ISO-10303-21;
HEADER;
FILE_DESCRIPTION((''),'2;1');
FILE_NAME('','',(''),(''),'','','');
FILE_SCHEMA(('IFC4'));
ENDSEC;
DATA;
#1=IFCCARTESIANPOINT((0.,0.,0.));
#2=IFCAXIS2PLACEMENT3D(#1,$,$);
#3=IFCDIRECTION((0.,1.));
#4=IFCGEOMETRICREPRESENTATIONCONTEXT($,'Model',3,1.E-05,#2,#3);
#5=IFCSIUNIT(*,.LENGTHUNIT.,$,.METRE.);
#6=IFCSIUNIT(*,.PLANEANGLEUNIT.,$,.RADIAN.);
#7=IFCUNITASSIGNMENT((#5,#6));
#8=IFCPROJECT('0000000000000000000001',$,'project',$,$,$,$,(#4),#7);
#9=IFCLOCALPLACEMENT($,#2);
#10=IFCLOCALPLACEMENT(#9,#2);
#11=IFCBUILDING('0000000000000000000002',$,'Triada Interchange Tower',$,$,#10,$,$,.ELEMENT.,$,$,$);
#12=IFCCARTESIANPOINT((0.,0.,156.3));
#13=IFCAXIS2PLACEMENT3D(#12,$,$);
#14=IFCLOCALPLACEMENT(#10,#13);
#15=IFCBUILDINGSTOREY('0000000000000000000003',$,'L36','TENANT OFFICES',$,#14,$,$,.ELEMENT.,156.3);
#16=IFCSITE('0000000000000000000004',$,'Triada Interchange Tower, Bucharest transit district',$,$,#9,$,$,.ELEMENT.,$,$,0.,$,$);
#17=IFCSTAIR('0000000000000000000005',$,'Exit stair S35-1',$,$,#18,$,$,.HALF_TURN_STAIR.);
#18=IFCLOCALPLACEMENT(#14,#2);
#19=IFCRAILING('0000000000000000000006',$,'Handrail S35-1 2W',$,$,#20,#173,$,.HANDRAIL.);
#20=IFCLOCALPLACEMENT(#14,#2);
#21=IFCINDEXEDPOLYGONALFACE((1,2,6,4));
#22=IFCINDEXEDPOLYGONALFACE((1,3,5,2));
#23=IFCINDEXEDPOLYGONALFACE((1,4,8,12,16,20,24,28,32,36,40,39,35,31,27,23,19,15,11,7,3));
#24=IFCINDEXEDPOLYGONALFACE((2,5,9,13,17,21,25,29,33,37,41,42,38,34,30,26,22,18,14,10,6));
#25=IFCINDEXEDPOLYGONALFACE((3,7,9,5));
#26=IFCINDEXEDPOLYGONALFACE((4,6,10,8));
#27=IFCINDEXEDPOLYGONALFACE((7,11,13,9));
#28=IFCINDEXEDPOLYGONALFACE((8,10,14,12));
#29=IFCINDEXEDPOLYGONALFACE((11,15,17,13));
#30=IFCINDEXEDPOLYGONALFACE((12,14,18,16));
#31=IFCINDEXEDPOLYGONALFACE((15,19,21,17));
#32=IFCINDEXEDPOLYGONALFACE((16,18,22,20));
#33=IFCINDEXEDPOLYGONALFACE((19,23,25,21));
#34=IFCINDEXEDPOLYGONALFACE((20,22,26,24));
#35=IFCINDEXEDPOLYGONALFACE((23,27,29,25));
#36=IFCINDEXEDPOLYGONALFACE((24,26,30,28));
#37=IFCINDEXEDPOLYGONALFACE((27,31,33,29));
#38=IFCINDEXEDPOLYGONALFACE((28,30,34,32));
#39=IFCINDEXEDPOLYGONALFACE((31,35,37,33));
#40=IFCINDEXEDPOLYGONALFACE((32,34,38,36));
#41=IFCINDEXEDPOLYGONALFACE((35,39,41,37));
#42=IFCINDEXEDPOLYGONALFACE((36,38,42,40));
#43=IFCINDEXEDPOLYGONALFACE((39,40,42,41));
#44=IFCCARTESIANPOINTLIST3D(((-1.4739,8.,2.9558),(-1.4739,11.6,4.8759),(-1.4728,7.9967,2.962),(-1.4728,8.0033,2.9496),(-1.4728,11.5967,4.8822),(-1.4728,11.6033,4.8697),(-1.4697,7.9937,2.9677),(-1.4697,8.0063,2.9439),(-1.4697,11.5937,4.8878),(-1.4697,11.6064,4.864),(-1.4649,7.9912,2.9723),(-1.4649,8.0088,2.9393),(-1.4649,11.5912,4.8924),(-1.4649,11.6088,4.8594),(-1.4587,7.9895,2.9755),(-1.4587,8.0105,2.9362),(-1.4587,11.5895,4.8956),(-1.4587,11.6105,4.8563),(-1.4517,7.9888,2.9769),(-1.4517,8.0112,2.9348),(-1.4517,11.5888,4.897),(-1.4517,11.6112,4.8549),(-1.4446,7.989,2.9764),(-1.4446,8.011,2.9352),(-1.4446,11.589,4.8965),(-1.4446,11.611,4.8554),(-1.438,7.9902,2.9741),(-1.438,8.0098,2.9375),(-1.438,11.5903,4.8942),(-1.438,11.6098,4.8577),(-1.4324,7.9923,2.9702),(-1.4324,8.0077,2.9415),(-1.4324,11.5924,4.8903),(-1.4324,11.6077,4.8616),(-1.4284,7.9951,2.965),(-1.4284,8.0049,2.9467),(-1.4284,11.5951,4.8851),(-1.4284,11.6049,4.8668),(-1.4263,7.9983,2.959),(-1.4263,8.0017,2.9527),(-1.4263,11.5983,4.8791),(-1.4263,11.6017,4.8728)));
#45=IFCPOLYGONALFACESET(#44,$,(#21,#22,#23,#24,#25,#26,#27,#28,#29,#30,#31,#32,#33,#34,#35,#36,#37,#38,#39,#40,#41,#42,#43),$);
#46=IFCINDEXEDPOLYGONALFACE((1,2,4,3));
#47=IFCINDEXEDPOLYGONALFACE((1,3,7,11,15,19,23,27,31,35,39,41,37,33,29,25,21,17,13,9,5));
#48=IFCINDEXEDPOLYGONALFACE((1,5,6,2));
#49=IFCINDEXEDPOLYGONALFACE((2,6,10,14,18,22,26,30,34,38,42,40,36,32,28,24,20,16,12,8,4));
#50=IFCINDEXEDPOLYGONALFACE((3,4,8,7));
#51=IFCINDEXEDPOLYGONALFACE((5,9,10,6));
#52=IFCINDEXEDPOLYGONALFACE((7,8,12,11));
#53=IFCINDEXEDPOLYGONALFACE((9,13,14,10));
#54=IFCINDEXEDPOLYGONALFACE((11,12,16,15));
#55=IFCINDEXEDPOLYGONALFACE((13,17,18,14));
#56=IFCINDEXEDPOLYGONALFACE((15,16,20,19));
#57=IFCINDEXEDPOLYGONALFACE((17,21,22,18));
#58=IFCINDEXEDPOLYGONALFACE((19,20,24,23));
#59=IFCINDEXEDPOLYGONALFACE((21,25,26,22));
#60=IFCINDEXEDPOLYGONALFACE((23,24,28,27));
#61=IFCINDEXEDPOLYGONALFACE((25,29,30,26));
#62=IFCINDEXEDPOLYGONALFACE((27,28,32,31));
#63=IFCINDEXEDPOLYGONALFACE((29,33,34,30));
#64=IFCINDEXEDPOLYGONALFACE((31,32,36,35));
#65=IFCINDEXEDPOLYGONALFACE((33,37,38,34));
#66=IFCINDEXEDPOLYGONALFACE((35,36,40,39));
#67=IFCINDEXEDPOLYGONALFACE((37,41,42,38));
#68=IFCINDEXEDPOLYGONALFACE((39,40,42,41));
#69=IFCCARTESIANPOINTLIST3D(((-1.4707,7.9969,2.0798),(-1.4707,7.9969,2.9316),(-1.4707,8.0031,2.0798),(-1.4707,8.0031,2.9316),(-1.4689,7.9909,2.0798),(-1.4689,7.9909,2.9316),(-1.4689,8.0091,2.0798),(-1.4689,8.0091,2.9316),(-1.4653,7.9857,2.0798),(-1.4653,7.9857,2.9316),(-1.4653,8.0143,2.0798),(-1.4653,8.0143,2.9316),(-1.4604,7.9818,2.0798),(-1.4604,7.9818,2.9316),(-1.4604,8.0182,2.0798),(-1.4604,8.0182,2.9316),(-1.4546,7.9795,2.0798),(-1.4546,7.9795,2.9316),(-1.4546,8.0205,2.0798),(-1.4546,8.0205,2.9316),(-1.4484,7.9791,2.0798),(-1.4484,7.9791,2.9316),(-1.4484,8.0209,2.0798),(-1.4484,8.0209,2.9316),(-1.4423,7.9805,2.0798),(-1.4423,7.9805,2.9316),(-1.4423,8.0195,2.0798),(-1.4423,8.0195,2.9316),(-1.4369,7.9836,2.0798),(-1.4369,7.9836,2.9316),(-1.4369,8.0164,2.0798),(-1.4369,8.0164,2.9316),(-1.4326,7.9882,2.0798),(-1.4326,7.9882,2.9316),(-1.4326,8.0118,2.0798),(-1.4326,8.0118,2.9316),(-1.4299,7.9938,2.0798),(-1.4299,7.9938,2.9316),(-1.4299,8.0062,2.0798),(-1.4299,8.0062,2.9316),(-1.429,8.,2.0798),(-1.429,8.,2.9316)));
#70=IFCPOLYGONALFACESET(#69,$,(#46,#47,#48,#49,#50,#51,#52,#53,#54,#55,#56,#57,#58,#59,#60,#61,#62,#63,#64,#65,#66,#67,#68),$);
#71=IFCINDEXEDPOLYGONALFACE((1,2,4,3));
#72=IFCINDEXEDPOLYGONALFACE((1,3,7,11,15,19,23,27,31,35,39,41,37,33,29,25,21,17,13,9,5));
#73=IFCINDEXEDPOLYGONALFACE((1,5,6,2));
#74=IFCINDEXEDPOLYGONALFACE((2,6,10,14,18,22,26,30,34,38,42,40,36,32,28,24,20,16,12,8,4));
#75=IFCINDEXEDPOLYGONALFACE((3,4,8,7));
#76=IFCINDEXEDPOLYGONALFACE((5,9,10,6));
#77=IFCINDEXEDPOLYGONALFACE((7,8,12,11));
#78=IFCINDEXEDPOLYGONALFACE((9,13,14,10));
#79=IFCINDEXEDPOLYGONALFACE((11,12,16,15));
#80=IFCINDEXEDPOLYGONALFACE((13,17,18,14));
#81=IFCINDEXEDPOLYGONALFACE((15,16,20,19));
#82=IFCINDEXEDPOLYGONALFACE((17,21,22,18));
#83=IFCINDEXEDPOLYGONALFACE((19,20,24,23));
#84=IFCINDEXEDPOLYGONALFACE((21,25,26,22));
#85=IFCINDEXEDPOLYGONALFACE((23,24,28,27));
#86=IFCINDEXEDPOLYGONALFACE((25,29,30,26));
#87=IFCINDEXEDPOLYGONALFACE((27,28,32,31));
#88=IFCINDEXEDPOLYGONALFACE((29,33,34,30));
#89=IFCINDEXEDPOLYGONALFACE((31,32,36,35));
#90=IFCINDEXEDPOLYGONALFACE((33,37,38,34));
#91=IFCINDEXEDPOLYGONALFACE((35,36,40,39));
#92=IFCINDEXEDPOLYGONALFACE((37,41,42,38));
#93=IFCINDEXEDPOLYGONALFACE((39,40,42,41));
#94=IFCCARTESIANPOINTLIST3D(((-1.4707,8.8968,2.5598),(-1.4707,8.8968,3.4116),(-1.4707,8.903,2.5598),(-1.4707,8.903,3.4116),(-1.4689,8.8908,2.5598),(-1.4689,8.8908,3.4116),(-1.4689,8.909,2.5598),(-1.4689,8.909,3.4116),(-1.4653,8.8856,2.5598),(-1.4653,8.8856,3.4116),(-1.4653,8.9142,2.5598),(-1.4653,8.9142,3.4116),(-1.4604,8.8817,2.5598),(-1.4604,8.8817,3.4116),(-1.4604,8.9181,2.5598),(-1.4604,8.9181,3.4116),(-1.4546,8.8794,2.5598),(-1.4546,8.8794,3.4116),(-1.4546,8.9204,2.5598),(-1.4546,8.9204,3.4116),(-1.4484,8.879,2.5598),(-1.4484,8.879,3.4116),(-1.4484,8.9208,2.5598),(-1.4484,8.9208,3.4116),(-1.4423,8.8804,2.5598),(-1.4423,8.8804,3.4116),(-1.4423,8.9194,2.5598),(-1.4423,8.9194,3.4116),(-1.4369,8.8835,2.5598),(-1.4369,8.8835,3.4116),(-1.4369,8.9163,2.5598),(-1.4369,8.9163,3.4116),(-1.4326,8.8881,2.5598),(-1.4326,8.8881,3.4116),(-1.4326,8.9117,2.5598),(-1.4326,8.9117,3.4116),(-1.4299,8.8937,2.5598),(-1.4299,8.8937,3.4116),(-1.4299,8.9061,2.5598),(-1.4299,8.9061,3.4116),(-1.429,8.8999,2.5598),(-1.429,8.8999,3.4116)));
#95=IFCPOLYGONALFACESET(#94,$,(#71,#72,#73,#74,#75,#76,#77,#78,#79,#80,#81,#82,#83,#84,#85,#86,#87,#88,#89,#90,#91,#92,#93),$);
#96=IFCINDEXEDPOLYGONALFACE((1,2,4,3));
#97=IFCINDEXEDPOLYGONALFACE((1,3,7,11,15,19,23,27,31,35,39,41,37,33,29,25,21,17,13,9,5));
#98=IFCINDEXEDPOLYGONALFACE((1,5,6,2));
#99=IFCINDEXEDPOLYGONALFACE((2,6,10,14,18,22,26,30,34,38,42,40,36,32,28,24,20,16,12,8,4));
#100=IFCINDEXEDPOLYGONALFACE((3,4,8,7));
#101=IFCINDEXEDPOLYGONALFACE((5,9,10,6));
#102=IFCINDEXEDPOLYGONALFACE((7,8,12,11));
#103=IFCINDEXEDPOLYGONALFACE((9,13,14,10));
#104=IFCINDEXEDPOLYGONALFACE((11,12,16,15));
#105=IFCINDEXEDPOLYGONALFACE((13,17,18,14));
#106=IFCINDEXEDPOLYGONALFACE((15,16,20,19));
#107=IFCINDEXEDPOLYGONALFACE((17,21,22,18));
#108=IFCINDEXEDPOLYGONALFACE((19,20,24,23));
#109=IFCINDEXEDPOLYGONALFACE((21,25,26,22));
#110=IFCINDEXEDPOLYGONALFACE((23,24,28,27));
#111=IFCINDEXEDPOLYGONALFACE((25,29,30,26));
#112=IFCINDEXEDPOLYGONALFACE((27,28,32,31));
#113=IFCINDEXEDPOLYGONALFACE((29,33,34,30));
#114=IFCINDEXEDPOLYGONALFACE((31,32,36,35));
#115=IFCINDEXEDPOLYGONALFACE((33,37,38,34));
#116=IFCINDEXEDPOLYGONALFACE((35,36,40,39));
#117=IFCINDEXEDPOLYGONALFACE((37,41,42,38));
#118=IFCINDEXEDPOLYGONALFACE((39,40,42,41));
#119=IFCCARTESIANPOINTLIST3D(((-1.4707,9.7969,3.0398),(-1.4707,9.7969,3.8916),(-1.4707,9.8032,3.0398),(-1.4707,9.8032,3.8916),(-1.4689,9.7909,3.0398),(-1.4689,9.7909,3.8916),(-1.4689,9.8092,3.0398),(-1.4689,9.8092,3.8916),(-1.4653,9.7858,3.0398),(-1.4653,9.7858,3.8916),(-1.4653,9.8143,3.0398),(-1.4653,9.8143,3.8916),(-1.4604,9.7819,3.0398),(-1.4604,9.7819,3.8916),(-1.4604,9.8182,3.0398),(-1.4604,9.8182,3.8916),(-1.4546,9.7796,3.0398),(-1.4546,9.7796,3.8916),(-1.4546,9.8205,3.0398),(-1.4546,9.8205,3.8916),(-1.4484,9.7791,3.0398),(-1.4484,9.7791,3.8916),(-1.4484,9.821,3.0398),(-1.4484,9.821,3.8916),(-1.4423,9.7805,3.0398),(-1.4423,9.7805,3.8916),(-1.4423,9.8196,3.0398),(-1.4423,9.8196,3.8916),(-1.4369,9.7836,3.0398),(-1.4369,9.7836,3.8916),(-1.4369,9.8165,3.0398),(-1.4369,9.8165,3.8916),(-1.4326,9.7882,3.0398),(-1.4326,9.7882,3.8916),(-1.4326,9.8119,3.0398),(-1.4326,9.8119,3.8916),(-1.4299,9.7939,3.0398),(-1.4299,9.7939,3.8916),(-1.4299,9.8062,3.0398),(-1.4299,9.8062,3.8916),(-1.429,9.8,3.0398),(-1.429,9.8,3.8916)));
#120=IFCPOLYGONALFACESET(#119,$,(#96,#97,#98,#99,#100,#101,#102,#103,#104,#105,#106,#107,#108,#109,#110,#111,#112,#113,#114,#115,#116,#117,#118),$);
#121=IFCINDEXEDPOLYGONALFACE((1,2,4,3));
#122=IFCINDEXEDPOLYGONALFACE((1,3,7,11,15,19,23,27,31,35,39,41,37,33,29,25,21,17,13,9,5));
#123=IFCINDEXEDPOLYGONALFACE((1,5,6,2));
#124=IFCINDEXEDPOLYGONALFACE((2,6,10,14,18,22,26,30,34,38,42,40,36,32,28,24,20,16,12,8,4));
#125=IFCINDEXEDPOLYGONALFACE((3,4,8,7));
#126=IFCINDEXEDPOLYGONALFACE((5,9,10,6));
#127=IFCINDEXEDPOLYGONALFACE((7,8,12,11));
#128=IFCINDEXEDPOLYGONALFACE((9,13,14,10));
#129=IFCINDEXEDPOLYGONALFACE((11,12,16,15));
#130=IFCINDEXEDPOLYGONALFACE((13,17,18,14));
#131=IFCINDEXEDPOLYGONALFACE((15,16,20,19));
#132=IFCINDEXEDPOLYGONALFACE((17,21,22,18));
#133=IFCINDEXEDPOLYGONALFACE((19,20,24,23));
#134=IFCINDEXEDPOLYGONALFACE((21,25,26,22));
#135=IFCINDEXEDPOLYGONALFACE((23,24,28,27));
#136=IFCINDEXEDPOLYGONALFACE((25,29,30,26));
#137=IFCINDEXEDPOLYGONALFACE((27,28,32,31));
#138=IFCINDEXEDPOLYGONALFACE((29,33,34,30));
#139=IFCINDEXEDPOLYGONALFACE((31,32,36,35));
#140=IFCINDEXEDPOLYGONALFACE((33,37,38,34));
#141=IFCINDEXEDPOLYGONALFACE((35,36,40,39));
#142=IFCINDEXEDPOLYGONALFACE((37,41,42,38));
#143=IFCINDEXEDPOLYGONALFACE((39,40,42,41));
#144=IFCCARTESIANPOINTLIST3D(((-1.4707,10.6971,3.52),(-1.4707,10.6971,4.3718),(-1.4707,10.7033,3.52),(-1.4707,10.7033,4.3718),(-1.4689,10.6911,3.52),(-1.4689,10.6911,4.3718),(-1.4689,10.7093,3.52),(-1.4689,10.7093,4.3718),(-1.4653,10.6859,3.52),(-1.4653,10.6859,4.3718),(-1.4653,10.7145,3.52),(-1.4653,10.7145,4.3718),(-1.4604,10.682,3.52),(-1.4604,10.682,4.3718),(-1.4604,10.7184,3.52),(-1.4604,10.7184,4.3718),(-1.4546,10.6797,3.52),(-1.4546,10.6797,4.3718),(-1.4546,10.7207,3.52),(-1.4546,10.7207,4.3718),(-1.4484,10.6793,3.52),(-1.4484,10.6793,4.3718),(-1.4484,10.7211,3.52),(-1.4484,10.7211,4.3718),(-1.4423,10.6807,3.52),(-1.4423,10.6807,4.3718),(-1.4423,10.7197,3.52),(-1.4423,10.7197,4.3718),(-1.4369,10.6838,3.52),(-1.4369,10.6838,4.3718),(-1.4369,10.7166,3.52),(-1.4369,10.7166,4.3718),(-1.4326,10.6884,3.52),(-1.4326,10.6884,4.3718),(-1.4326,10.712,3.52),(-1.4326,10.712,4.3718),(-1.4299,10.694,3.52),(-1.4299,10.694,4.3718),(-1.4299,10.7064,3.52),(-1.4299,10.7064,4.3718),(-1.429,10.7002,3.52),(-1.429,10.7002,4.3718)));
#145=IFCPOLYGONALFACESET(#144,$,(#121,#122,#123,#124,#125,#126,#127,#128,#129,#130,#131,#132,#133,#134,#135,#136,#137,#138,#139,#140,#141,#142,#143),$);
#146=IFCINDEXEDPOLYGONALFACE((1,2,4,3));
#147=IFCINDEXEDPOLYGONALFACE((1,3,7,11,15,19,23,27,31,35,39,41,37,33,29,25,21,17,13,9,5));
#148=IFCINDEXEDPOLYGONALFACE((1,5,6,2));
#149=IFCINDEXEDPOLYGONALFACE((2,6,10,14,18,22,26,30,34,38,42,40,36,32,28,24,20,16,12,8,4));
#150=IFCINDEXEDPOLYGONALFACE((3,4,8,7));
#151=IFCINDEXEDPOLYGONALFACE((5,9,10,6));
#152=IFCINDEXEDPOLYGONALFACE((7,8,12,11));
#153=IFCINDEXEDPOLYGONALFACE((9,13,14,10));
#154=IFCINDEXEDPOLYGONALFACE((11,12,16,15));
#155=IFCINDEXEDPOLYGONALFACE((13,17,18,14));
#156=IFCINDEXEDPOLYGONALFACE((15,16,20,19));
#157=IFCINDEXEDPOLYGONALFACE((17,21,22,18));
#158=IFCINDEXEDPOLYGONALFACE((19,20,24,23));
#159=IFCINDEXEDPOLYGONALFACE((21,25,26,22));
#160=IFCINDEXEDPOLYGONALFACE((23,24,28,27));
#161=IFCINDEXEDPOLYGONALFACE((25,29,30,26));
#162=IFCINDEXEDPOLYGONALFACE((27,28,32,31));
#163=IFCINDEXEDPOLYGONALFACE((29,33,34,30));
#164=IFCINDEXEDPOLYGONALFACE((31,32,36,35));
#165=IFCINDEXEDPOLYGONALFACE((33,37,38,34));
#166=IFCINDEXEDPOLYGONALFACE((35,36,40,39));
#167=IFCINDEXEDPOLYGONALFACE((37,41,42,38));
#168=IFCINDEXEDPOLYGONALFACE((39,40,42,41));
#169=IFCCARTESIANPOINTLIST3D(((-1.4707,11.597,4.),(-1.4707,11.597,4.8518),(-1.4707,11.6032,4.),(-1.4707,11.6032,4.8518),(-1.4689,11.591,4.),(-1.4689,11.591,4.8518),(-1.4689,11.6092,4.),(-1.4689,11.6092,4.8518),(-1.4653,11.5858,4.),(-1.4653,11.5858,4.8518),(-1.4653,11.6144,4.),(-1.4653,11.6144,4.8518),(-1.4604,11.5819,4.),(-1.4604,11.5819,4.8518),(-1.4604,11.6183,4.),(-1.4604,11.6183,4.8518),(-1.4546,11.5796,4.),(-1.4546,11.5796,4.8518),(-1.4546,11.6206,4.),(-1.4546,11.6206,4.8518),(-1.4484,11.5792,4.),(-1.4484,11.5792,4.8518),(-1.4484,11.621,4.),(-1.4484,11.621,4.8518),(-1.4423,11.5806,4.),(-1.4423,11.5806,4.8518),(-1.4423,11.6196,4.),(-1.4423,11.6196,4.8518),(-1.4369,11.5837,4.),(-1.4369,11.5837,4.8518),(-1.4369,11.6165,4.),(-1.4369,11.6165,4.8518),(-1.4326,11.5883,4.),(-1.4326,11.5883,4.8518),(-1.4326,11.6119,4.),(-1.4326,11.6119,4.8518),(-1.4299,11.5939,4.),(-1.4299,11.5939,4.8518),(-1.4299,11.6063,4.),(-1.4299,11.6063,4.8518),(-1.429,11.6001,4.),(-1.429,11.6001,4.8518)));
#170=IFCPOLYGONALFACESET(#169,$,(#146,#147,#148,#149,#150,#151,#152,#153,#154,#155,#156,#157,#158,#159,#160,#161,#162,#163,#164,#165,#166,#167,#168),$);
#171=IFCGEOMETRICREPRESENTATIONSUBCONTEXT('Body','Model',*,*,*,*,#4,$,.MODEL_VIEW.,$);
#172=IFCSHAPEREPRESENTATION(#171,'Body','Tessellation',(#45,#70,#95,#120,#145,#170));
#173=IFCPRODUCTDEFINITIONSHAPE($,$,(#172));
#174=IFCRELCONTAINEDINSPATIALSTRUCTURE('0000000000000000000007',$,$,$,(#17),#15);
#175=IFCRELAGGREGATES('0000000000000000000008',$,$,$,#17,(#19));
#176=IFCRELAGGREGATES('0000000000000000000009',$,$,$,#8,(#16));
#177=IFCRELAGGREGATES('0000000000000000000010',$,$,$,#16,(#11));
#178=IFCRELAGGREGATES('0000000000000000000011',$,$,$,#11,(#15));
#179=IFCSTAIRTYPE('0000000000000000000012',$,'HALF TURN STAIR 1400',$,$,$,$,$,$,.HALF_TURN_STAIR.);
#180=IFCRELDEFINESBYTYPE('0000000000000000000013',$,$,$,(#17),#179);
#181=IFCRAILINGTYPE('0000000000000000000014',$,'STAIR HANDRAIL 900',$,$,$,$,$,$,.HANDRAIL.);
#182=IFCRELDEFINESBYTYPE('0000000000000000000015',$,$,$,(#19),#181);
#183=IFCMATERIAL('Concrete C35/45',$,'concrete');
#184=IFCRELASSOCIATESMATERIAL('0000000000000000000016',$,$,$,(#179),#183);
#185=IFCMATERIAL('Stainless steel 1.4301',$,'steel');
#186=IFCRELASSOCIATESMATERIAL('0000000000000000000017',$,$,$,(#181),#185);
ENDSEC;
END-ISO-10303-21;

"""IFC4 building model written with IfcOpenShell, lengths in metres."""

from ifc_helpers import new_model, si_unit, direction, frame, origin, origin_2d, place, context, subcontext, project, spatial, circle, extrude, material, type_object, element, aggregate, save


model = new_model("IFC4")

# Units and contexts
model_context = context("Model", 3, precision=1e-05, world=origin(), true_north=direction((0.0, 1.0)))
body_context = subcontext(model_context, "Body", "Model", "MODEL_VIEW")
ifc_project = project(units=[si_unit("LENGTHUNIT", "METRE"), si_unit("PLANEANGLEUNIT", "RADIAN")], contexts=[model_context])

# Site, building, storey
site_placement = place(None, origin())
site = spatial("IfcSite", under=ifc_project, at=site_placement, Name="Triada Interchange Tower, Bucharest transit district", CompositionType="ELEMENT", RefElevation=0.0)
building_placement = place(site_placement, origin())
building = spatial("IfcBuilding", under=site, at=building_placement, Name="Triada Interchange Tower", CompositionType="ELEMENT")
storey_placement = place(building_placement, frame((0.0, 0.0, 156.3)))
storey = spatial("IfcBuildingStorey", under=building, at=storey_placement, Name="L36", Description="TENANT OFFICES", CompositionType="ELEMENT", Elevation=156.3)

# Stair, railing
ifc_material_1 = material(Name="Concrete C35/45", Category="concrete")
stair_type = type_object("IfcStairType", Name="HALF TURN STAIR 1400", PredefinedType="HALF_TURN_STAIR", material=ifc_material_1)
stair_placement = place(storey_placement, origin())
stair = element("IfcStair", 1, at=stair_placement, inside=storey, type_object=stair_type, Name="Exit stair S35-1", PredefinedType="HALF_TURN_STAIR")
ifc_material_2 = material(Name="Stainless steel 1.4301", Category="steel")
railing_type = type_object("IfcRailingType", Name="STAIR HANDRAIL 900", PredefinedType="HANDRAIL", material=ifc_material_2)
railing_placement = place(storey_placement, frame((-1.45, 8.0, 2.0798)))
railing = element("IfcRailing", 2, at=railing_placement, type_object=railing_type, Name="Handrail S35-1 2W", PredefinedType="HANDRAIL", context=body_context, shape_type="SweptSolid", body=[
    extrude(circle(Radius=0.0239, at=origin_2d()), frame((0.0, 0.0, 0.876), z_axis=(0.0, 0.882341, 0.47061), x_axis=(-1.0, 0.0, 0.0)), (0.0, 0.0, 1.0), 4.0801),
    extrude(circle(Radius=0.021, at=origin_2d()), origin(), (0.0, 0.0, 1.0), 0.8518),
    extrude(circle(Radius=0.021, at=origin_2d()), frame((0.0, 0.8999, 0.48)), (0.0, 0.0, 1.0), 0.8518),
    extrude(circle(Radius=0.021, at=origin_2d()), frame((0.0, 1.8, 0.96)), (0.0, 0.0, 1.0), 0.8518),
    extrude(circle(Radius=0.021, at=origin_2d()), frame((0.0, 2.7002, 1.4402)), (0.0, 0.0, 1.0), 0.8518),
    extrude(circle(Radius=0.021, at=origin_2d()), frame((0.0, 3.6001, 1.9202)), (0.0, 0.0, 1.0), 0.8518),
])
aggregate(stair, [railing])

save(model, "model.ifc")
